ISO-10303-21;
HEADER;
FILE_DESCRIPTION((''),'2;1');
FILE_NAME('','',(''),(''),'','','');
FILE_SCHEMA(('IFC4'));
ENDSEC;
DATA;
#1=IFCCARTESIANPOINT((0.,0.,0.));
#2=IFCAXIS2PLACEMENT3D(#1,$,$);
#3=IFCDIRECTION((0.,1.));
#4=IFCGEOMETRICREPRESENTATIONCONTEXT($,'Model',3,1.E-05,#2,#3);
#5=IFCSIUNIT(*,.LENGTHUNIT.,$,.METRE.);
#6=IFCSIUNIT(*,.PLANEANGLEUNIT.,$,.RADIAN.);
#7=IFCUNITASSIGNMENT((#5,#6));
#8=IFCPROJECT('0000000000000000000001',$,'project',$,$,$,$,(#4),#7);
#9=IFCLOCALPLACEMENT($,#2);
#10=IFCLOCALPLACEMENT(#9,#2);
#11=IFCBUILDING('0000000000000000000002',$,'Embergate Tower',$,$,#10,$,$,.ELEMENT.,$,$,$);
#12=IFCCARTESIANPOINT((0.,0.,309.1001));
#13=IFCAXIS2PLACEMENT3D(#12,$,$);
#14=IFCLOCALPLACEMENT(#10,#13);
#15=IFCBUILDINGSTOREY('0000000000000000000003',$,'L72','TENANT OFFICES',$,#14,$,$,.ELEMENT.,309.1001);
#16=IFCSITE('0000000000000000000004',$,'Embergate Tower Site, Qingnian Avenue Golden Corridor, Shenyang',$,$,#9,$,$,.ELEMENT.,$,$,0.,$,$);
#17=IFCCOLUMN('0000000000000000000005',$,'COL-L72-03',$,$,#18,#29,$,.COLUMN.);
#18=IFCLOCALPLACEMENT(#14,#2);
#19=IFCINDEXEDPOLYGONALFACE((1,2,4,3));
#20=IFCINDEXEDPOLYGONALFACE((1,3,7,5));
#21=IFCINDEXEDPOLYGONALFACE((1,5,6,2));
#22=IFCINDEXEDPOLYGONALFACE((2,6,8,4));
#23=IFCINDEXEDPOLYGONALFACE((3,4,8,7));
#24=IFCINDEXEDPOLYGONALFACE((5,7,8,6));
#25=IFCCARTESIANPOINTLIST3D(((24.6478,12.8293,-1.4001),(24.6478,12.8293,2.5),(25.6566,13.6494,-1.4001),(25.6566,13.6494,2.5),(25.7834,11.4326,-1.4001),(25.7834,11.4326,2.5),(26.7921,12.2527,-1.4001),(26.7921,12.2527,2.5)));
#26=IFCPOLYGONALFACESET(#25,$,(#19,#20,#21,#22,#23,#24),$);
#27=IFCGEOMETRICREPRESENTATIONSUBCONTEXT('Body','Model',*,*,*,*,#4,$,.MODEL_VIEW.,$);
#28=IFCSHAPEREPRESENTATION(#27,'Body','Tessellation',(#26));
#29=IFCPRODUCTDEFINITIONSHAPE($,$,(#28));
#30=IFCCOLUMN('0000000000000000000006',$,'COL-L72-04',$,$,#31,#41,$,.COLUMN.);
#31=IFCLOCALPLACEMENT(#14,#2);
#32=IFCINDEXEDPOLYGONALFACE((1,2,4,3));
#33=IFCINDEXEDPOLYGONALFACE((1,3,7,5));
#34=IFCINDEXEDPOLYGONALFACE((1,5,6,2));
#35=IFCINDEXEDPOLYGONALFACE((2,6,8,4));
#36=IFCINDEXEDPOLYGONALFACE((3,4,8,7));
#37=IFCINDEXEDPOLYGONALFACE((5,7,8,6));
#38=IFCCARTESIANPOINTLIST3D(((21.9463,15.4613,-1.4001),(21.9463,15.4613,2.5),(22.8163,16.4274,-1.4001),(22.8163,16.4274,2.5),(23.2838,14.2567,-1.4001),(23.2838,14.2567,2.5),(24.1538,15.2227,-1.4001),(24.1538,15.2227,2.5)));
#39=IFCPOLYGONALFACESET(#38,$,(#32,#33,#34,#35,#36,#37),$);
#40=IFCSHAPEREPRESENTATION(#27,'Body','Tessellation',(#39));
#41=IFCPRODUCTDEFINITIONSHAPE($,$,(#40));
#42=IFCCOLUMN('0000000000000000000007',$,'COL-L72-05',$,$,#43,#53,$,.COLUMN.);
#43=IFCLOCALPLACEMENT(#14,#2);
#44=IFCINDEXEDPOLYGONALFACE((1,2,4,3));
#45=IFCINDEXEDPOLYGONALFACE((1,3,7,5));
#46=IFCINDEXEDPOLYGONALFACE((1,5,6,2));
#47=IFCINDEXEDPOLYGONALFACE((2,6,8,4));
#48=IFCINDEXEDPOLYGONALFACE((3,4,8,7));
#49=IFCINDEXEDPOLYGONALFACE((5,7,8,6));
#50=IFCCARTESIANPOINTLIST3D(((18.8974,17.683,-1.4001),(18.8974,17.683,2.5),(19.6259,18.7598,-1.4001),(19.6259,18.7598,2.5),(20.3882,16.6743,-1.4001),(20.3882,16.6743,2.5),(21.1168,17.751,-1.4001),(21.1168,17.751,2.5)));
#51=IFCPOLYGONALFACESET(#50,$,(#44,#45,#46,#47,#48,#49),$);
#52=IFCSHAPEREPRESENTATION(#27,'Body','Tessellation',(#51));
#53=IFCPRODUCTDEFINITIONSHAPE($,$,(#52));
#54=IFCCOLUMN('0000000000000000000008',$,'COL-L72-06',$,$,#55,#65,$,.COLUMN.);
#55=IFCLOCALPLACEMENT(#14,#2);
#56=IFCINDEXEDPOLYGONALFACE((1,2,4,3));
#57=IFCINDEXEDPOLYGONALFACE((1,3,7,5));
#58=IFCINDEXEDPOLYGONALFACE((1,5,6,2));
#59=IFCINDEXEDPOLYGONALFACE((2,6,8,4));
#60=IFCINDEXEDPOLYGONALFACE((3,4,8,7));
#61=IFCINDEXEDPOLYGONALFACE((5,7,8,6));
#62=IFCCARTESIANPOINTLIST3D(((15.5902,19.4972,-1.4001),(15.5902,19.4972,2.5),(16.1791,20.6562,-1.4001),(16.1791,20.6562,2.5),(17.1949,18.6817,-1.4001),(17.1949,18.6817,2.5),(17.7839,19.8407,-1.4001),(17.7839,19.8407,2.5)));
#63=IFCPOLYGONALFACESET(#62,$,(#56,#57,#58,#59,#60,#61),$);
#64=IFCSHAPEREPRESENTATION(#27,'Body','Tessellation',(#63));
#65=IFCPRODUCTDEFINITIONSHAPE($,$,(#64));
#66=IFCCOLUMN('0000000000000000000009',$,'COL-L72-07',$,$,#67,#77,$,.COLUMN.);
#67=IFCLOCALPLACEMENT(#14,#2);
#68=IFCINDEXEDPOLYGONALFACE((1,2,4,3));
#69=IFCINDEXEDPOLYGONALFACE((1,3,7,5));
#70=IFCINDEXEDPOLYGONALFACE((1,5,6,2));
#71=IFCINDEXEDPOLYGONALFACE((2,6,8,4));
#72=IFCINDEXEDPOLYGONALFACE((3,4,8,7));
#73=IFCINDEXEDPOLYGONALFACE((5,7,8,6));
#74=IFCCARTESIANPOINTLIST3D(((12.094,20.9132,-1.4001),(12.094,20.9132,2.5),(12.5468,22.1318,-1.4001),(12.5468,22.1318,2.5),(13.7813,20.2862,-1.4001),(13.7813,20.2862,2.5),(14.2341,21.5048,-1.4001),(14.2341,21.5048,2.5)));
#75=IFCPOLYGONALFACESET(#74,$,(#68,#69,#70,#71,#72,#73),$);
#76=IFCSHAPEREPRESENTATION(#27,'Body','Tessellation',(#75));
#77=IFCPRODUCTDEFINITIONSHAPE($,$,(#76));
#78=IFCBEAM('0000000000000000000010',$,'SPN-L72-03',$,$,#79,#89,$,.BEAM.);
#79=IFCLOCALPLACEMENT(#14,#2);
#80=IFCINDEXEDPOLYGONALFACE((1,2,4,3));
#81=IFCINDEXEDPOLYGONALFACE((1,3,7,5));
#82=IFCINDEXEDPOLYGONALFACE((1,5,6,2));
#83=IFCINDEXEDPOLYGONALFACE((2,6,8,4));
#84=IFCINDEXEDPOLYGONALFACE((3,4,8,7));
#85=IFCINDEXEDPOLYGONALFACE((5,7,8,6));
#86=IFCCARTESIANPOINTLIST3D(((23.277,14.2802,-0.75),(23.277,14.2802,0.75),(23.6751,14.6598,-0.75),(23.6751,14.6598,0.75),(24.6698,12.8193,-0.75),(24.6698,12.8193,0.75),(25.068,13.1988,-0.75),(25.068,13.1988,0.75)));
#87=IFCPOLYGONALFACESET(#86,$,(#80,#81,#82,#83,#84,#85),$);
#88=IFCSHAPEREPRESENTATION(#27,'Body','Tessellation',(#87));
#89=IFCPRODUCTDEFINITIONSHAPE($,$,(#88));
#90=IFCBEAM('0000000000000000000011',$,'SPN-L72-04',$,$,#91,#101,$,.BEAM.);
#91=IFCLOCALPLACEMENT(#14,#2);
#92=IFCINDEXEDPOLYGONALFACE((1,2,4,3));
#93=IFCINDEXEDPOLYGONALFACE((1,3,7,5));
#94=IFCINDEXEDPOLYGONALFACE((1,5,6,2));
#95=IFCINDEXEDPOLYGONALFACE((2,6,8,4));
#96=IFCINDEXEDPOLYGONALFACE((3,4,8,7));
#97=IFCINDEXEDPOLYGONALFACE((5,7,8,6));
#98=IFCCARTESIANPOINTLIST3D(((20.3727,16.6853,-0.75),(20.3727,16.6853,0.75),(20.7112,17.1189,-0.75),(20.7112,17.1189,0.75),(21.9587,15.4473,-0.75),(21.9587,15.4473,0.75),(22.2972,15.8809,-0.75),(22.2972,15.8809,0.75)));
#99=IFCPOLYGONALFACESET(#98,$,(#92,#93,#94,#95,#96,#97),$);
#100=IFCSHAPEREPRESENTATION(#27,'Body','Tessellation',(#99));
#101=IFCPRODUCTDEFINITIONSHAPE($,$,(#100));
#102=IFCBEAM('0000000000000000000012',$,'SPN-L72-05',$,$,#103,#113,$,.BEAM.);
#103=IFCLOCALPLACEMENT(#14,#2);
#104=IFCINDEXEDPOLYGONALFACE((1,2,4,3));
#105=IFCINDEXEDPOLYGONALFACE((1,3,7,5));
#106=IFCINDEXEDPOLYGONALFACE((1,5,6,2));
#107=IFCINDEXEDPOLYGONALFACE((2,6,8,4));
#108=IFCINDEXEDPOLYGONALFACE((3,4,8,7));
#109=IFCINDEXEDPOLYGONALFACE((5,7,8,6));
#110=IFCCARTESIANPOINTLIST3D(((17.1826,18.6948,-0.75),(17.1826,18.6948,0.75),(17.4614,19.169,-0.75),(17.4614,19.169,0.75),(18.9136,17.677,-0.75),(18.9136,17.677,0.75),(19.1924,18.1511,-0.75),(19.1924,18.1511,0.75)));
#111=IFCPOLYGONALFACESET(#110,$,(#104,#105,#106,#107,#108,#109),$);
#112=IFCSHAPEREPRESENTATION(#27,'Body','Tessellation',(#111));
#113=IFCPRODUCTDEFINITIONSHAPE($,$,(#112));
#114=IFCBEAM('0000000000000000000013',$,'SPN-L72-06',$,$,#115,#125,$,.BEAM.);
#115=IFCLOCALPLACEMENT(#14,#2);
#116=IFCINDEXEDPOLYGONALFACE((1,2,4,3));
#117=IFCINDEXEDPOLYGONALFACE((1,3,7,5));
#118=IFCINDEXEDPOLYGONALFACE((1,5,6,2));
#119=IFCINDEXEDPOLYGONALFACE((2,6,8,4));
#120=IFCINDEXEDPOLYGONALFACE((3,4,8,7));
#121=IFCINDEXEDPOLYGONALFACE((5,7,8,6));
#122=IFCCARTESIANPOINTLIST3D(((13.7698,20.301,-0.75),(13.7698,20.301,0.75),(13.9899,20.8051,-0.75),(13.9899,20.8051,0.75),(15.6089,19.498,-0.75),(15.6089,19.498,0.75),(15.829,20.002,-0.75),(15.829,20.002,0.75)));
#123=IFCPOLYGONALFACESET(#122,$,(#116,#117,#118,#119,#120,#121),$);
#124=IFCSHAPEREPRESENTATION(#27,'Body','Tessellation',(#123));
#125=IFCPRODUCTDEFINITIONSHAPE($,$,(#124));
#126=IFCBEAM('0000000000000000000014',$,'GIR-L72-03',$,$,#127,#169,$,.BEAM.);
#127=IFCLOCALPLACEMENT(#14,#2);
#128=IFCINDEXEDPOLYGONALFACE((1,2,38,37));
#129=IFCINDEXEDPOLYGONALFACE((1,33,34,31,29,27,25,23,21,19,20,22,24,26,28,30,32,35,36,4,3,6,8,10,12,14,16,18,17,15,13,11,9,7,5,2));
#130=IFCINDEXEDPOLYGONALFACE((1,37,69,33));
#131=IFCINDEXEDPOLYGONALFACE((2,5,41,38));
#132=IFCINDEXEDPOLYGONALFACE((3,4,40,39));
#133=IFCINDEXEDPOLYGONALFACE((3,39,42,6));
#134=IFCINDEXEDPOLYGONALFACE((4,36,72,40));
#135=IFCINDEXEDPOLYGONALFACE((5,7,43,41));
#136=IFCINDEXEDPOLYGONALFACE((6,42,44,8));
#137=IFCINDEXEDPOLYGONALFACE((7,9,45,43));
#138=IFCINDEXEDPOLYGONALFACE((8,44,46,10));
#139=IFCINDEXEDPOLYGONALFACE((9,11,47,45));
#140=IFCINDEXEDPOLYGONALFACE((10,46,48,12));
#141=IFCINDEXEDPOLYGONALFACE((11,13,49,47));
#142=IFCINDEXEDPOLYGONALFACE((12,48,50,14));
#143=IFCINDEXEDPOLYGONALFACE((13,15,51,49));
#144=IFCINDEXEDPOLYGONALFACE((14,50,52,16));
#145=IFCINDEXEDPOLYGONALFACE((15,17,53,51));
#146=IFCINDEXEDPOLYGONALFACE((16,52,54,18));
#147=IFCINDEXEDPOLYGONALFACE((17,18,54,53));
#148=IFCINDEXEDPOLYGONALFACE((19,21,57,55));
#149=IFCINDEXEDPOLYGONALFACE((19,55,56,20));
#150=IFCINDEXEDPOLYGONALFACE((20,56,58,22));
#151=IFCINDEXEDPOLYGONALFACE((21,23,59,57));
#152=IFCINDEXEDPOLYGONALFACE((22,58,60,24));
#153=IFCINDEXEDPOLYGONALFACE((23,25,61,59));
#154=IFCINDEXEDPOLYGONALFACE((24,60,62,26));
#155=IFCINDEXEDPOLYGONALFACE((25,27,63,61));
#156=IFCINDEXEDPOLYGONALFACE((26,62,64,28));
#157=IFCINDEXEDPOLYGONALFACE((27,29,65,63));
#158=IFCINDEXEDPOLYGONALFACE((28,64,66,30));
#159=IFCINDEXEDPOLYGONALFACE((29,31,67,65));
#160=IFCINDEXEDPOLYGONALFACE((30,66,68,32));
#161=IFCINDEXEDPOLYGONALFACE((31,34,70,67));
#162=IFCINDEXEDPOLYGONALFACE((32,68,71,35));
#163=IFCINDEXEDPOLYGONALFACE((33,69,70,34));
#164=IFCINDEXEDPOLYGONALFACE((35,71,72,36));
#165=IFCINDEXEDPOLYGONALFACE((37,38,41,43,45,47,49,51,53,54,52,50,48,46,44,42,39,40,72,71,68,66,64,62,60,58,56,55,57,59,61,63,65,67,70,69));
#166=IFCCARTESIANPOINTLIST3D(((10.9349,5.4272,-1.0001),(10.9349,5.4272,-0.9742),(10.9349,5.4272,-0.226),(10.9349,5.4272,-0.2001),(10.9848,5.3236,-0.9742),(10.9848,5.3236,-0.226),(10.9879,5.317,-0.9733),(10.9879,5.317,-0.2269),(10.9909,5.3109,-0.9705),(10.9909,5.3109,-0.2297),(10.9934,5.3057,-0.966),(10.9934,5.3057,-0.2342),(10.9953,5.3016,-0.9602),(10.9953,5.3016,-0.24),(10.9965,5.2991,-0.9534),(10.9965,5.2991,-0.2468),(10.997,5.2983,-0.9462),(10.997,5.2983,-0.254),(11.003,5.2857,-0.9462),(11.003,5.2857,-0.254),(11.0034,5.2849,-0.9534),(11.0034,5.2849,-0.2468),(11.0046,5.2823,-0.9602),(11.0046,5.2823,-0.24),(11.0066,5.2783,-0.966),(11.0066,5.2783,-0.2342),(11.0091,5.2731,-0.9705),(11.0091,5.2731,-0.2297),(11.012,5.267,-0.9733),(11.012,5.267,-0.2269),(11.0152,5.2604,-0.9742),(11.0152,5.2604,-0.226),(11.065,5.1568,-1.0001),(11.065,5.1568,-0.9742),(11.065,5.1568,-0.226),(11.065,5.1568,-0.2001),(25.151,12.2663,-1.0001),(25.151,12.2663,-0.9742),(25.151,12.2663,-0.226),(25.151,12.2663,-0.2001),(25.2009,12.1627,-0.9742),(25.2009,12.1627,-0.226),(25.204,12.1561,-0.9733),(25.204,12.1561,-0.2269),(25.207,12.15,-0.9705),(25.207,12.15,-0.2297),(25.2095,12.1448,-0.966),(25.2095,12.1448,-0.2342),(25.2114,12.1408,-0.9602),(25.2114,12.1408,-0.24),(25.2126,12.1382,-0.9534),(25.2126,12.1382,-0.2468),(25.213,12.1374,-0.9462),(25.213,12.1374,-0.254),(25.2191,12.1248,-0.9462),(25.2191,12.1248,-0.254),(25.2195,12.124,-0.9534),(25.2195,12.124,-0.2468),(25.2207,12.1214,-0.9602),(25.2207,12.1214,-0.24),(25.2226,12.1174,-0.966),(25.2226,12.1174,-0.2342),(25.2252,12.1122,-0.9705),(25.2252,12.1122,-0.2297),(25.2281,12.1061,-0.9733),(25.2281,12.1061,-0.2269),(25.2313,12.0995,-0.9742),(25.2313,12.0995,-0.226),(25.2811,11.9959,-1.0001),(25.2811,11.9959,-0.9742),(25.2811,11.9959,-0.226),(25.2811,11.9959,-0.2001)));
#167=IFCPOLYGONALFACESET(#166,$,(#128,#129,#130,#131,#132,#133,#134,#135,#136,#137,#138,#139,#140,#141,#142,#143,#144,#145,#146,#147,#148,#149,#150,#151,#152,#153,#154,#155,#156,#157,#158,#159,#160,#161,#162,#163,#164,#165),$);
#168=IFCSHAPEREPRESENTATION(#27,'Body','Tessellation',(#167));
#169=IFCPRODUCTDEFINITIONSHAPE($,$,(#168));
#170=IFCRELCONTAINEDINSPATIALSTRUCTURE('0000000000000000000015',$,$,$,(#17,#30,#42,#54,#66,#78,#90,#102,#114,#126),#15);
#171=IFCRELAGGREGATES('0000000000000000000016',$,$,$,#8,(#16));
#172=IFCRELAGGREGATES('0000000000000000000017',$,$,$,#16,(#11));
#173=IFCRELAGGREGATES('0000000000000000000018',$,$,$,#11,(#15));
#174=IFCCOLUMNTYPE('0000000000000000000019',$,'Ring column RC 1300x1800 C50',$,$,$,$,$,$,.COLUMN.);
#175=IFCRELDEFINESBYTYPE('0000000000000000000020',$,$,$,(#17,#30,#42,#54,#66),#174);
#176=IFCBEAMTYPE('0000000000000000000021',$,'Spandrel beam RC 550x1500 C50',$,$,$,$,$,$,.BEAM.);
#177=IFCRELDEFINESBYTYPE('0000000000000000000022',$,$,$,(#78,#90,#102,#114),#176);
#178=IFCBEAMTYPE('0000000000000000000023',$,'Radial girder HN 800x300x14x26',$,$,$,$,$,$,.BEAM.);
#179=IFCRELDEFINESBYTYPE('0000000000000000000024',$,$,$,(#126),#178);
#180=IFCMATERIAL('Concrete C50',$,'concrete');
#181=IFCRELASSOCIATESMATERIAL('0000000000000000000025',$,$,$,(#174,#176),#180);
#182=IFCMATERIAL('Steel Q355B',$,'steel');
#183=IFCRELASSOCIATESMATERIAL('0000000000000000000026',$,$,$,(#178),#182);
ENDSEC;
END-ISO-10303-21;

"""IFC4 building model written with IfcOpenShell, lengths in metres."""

from ifc_helpers import new_model, si_unit, direction, frame, origin, origin_2d, place, context, subcontext, project, spatial, rectangle, i_section, extrude, source, transform, mapped, material, material_profile, profile_set, type_object, element, save


model = new_model("IFC4")

# Units and contexts
model_context = context("Model", 3, precision=1e-05, world=origin(), true_north=direction((0.0, 1.0)))
body_context = subcontext(model_context, "Body", "Model", "MODEL_VIEW")
ifc_project = project(units=[si_unit("LENGTHUNIT", "METRE"), si_unit("PLANEANGLEUNIT", "RADIAN")], contexts=[model_context])

# Site, building, storey
site_placement = place(None, origin())
site = spatial("IfcSite", under=ifc_project, at=site_placement, Name="Embergate Tower Site, Qingnian Avenue Golden Corridor, Shenyang", CompositionType="ELEMENT", RefElevation=0.0)
building_placement = place(site_placement, origin())
building = spatial("IfcBuilding", under=site, at=building_placement, Name="Embergate Tower", CompositionType="ELEMENT")
storey_placement = place(building_placement, frame((0.0, 0.0, 309.1001)))
storey = spatial("IfcBuildingStorey", under=building, at=storey_placement, Name="L72", Description="TENANT OFFICES", CompositionType="ELEMENT", Elevation=309.1001)

# Columns
ifc_material_1 = material(Name="Concrete C50", Category="concrete")
ifc_material_profile_1 = material_profile(ifc_material_1, rectangle(XDim=1.3, YDim=1.8, at=origin_2d()), Name="RC 1300x1800")
ifc_profile_set_1 = profile_set([ifc_material_profile_1], Name="Concrete C50")
column_type = type_object("IfcColumnType", Name="Ring column RC 1300x1800 C50", PredefinedType="COLUMN", material=ifc_profile_set_1)
shared_shape_1 = source(origin(), body_context, "Body", "SweptSolid", [
    extrude(rectangle(XDim=1.3, YDim=1.8, at=origin_2d()), origin(), (0.0, 0.0, 1.0), 3.9001),
])
for number, where, z_axis, x_axis, name in (
    (1, (25.72, 12.541, -1.4001), (0.0, 0.0, 1.0), (0.775925, 0.630825, 0.0), "COL-L72-03"),
    (2, (23.05, 15.342, -1.4001), (0.0, 0.0, 1.0), (0.669221, 0.743063, 0.0), "COL-L72-04"),
    (3, (20.0071, 17.717, -1.4001), (0.0, 0.0, 1.0), (0.560393, 0.828227, 0.0), "COL-L72-05"),
    (4, (16.687, 19.6689, -1.4001), (0.0, 0.0, 1.0), (0.453011, 0.891505, 0.0), "COL-L72-06"),
    (5, (13.1641, 21.209, -1.4001), (0.0, 0.0, 1.0), (0.348343, 0.937367, 0.0), "COL-L72-07"),
):
    element("IfcColumn", number, at=place(storey_placement, frame(where, z_axis=z_axis, x_axis=x_axis)), inside=storey, type_object=column_type, Name=name, PredefinedType="COLUMN", context=body_context, shape_type="MappedRepresentation", body=[
        mapped(shared_shape_1, transform((0.0, 0.0, 0.0))),
    ])

# Beams
ifc_material_profile_2 = material_profile(ifc_material_1, rectangle(XDim=0.55, YDim=1.5, at=origin_2d()), Name="RC 550x1500")
ifc_profile_set_2 = profile_set([ifc_material_profile_2], Name="Concrete C50")
beam_type_1 = type_object("IfcBeamType", Name="Spandrel beam RC 550x1500 C50", PredefinedType="BEAM", material=ifc_profile_set_2)
shared_shape_2 = source(origin(), body_context, "Body", "SweptSolid", [
    extrude(rectangle(XDim=0.55, YDim=1.5, at=origin_2d()), origin(), (0.0, 0.0, 1.0), 2.0186),
])
beam_1_placement = place(storey_placement, frame((24.8689, 13.009, 0.0), z_axis=(-0.690033, 0.723778, 0.0), x_axis=(-0.723778, -0.690033, 0.0)))
element("IfcBeam", 6, at=beam_1_placement, inside=storey, type_object=beam_type_1, Name="SPN-L72-03", PredefinedType="BEAM", context=body_context, shape_type="MappedRepresentation", body=[
    mapped(shared_shape_2, transform((0.0, 0.0, 0.0))),
])
shared_shape_3 = source(origin(), body_context, "Body", "SweptSolid", [
    extrude(rectangle(XDim=0.55, YDim=1.5, at=origin_2d()), origin(), (0.0, 0.0, 1.0), 2.012),
])
beam_2_placement = place(storey_placement, frame((22.1279, 15.6641, 0.0), z_axis=(-0.78826, 0.615343, 0.0), x_axis=(-0.615343, -0.78826, 0.0)))
element("IfcBeam", 7, at=beam_2_placement, inside=storey, type_object=beam_type_1, Name="SPN-L72-04", PredefinedType="BEAM", context=body_context, shape_type="MappedRepresentation", body=[
    mapped(shared_shape_3, transform((0.0, 0.0, 0.0))),
])
shared_shape_4 = source(origin(), body_context, "Body", "SweptSolid", [
    extrude(rectangle(XDim=0.55, YDim=1.5, at=origin_2d()), origin(), (0.0, 0.0, 1.0), 2.0081),
])
beam_3_placement = place(storey_placement, frame((19.053, 17.9141, 0.0), z_axis=(-0.862019, 0.506877, 0.0), x_axis=(-0.506877, -0.862019, 0.0)))
element("IfcBeam", 8, at=beam_3_placement, inside=storey, type_object=beam_type_1, Name="SPN-L72-05", PredefinedType="BEAM", context=body_context, shape_type="MappedRepresentation", body=[
    mapped(shared_shape_4, transform((0.0, 0.0, 0.0))),
])
shared_shape_5 = source(origin(), body_context, "Body", "SweptSolid", [
    extrude(rectangle(XDim=0.55, YDim=1.5, at=origin_2d()), origin(), (0.0, 0.0, 1.0), 2.0068),
])
beam_4_placement = place(storey_placement, frame((15.719, 19.75, 0.0), z_axis=(-0.916456, 0.400136, 0.0), x_axis=(-0.400136, -0.916456, 0.0)))
element("IfcBeam", 9, at=beam_4_placement, inside=storey, type_object=beam_type_1, Name="SPN-L72-06", PredefinedType="BEAM", context=body_context, shape_type="MappedRepresentation", body=[
    mapped(shared_shape_5, transform((0.0, 0.0, 0.0))),
])
ifc_material_2 = material(Name="Steel Q355B", Category="steel")
ifc_material_profile_3 = material_profile(ifc_material_2, i_section(OverallWidth=0.3, OverallDepth=0.8, WebThickness=0.0139, FlangeThickness=0.0259, FilletRadius=0.0281, at=origin_2d()), Name="HN 800x300x14x26")
ifc_profile_set_3 = profile_set([ifc_material_profile_3], Name="Steel Q355 grade B")
beam_type_2 = type_object("IfcBeamType", Name="Radial girder HN 800x300x14x26", PredefinedType="BEAM", material=ifc_profile_set_3)
shared_shape_6 = source(origin(), body_context, "Body", "SweptSolid", [
    extrude(i_section(OverallWidth=0.3, OverallDepth=0.8, WebThickness=0.0139, FlangeThickness=0.0259, FilletRadius=0.0281, at=origin_2d()), origin(), (0.0, 0.0, 1.0), 15.7756),
])
beam_5_placement = place(storey_placement, frame((25.2161, 12.1311, -0.6001), z_axis=(-0.901142, -0.433524, 0.0), x_axis=(0.433524, -0.901142, 0.0)))
element("IfcBeam", 10, at=beam_5_placement, inside=storey, type_object=beam_type_2, Name="GIR-L72-03", PredefinedType="BEAM", context=body_context, shape_type="MappedRepresentation", body=[
    mapped(shared_shape_6, transform((0.0, 0.0, 0.0))),
])

save(model, "model.ifc")
